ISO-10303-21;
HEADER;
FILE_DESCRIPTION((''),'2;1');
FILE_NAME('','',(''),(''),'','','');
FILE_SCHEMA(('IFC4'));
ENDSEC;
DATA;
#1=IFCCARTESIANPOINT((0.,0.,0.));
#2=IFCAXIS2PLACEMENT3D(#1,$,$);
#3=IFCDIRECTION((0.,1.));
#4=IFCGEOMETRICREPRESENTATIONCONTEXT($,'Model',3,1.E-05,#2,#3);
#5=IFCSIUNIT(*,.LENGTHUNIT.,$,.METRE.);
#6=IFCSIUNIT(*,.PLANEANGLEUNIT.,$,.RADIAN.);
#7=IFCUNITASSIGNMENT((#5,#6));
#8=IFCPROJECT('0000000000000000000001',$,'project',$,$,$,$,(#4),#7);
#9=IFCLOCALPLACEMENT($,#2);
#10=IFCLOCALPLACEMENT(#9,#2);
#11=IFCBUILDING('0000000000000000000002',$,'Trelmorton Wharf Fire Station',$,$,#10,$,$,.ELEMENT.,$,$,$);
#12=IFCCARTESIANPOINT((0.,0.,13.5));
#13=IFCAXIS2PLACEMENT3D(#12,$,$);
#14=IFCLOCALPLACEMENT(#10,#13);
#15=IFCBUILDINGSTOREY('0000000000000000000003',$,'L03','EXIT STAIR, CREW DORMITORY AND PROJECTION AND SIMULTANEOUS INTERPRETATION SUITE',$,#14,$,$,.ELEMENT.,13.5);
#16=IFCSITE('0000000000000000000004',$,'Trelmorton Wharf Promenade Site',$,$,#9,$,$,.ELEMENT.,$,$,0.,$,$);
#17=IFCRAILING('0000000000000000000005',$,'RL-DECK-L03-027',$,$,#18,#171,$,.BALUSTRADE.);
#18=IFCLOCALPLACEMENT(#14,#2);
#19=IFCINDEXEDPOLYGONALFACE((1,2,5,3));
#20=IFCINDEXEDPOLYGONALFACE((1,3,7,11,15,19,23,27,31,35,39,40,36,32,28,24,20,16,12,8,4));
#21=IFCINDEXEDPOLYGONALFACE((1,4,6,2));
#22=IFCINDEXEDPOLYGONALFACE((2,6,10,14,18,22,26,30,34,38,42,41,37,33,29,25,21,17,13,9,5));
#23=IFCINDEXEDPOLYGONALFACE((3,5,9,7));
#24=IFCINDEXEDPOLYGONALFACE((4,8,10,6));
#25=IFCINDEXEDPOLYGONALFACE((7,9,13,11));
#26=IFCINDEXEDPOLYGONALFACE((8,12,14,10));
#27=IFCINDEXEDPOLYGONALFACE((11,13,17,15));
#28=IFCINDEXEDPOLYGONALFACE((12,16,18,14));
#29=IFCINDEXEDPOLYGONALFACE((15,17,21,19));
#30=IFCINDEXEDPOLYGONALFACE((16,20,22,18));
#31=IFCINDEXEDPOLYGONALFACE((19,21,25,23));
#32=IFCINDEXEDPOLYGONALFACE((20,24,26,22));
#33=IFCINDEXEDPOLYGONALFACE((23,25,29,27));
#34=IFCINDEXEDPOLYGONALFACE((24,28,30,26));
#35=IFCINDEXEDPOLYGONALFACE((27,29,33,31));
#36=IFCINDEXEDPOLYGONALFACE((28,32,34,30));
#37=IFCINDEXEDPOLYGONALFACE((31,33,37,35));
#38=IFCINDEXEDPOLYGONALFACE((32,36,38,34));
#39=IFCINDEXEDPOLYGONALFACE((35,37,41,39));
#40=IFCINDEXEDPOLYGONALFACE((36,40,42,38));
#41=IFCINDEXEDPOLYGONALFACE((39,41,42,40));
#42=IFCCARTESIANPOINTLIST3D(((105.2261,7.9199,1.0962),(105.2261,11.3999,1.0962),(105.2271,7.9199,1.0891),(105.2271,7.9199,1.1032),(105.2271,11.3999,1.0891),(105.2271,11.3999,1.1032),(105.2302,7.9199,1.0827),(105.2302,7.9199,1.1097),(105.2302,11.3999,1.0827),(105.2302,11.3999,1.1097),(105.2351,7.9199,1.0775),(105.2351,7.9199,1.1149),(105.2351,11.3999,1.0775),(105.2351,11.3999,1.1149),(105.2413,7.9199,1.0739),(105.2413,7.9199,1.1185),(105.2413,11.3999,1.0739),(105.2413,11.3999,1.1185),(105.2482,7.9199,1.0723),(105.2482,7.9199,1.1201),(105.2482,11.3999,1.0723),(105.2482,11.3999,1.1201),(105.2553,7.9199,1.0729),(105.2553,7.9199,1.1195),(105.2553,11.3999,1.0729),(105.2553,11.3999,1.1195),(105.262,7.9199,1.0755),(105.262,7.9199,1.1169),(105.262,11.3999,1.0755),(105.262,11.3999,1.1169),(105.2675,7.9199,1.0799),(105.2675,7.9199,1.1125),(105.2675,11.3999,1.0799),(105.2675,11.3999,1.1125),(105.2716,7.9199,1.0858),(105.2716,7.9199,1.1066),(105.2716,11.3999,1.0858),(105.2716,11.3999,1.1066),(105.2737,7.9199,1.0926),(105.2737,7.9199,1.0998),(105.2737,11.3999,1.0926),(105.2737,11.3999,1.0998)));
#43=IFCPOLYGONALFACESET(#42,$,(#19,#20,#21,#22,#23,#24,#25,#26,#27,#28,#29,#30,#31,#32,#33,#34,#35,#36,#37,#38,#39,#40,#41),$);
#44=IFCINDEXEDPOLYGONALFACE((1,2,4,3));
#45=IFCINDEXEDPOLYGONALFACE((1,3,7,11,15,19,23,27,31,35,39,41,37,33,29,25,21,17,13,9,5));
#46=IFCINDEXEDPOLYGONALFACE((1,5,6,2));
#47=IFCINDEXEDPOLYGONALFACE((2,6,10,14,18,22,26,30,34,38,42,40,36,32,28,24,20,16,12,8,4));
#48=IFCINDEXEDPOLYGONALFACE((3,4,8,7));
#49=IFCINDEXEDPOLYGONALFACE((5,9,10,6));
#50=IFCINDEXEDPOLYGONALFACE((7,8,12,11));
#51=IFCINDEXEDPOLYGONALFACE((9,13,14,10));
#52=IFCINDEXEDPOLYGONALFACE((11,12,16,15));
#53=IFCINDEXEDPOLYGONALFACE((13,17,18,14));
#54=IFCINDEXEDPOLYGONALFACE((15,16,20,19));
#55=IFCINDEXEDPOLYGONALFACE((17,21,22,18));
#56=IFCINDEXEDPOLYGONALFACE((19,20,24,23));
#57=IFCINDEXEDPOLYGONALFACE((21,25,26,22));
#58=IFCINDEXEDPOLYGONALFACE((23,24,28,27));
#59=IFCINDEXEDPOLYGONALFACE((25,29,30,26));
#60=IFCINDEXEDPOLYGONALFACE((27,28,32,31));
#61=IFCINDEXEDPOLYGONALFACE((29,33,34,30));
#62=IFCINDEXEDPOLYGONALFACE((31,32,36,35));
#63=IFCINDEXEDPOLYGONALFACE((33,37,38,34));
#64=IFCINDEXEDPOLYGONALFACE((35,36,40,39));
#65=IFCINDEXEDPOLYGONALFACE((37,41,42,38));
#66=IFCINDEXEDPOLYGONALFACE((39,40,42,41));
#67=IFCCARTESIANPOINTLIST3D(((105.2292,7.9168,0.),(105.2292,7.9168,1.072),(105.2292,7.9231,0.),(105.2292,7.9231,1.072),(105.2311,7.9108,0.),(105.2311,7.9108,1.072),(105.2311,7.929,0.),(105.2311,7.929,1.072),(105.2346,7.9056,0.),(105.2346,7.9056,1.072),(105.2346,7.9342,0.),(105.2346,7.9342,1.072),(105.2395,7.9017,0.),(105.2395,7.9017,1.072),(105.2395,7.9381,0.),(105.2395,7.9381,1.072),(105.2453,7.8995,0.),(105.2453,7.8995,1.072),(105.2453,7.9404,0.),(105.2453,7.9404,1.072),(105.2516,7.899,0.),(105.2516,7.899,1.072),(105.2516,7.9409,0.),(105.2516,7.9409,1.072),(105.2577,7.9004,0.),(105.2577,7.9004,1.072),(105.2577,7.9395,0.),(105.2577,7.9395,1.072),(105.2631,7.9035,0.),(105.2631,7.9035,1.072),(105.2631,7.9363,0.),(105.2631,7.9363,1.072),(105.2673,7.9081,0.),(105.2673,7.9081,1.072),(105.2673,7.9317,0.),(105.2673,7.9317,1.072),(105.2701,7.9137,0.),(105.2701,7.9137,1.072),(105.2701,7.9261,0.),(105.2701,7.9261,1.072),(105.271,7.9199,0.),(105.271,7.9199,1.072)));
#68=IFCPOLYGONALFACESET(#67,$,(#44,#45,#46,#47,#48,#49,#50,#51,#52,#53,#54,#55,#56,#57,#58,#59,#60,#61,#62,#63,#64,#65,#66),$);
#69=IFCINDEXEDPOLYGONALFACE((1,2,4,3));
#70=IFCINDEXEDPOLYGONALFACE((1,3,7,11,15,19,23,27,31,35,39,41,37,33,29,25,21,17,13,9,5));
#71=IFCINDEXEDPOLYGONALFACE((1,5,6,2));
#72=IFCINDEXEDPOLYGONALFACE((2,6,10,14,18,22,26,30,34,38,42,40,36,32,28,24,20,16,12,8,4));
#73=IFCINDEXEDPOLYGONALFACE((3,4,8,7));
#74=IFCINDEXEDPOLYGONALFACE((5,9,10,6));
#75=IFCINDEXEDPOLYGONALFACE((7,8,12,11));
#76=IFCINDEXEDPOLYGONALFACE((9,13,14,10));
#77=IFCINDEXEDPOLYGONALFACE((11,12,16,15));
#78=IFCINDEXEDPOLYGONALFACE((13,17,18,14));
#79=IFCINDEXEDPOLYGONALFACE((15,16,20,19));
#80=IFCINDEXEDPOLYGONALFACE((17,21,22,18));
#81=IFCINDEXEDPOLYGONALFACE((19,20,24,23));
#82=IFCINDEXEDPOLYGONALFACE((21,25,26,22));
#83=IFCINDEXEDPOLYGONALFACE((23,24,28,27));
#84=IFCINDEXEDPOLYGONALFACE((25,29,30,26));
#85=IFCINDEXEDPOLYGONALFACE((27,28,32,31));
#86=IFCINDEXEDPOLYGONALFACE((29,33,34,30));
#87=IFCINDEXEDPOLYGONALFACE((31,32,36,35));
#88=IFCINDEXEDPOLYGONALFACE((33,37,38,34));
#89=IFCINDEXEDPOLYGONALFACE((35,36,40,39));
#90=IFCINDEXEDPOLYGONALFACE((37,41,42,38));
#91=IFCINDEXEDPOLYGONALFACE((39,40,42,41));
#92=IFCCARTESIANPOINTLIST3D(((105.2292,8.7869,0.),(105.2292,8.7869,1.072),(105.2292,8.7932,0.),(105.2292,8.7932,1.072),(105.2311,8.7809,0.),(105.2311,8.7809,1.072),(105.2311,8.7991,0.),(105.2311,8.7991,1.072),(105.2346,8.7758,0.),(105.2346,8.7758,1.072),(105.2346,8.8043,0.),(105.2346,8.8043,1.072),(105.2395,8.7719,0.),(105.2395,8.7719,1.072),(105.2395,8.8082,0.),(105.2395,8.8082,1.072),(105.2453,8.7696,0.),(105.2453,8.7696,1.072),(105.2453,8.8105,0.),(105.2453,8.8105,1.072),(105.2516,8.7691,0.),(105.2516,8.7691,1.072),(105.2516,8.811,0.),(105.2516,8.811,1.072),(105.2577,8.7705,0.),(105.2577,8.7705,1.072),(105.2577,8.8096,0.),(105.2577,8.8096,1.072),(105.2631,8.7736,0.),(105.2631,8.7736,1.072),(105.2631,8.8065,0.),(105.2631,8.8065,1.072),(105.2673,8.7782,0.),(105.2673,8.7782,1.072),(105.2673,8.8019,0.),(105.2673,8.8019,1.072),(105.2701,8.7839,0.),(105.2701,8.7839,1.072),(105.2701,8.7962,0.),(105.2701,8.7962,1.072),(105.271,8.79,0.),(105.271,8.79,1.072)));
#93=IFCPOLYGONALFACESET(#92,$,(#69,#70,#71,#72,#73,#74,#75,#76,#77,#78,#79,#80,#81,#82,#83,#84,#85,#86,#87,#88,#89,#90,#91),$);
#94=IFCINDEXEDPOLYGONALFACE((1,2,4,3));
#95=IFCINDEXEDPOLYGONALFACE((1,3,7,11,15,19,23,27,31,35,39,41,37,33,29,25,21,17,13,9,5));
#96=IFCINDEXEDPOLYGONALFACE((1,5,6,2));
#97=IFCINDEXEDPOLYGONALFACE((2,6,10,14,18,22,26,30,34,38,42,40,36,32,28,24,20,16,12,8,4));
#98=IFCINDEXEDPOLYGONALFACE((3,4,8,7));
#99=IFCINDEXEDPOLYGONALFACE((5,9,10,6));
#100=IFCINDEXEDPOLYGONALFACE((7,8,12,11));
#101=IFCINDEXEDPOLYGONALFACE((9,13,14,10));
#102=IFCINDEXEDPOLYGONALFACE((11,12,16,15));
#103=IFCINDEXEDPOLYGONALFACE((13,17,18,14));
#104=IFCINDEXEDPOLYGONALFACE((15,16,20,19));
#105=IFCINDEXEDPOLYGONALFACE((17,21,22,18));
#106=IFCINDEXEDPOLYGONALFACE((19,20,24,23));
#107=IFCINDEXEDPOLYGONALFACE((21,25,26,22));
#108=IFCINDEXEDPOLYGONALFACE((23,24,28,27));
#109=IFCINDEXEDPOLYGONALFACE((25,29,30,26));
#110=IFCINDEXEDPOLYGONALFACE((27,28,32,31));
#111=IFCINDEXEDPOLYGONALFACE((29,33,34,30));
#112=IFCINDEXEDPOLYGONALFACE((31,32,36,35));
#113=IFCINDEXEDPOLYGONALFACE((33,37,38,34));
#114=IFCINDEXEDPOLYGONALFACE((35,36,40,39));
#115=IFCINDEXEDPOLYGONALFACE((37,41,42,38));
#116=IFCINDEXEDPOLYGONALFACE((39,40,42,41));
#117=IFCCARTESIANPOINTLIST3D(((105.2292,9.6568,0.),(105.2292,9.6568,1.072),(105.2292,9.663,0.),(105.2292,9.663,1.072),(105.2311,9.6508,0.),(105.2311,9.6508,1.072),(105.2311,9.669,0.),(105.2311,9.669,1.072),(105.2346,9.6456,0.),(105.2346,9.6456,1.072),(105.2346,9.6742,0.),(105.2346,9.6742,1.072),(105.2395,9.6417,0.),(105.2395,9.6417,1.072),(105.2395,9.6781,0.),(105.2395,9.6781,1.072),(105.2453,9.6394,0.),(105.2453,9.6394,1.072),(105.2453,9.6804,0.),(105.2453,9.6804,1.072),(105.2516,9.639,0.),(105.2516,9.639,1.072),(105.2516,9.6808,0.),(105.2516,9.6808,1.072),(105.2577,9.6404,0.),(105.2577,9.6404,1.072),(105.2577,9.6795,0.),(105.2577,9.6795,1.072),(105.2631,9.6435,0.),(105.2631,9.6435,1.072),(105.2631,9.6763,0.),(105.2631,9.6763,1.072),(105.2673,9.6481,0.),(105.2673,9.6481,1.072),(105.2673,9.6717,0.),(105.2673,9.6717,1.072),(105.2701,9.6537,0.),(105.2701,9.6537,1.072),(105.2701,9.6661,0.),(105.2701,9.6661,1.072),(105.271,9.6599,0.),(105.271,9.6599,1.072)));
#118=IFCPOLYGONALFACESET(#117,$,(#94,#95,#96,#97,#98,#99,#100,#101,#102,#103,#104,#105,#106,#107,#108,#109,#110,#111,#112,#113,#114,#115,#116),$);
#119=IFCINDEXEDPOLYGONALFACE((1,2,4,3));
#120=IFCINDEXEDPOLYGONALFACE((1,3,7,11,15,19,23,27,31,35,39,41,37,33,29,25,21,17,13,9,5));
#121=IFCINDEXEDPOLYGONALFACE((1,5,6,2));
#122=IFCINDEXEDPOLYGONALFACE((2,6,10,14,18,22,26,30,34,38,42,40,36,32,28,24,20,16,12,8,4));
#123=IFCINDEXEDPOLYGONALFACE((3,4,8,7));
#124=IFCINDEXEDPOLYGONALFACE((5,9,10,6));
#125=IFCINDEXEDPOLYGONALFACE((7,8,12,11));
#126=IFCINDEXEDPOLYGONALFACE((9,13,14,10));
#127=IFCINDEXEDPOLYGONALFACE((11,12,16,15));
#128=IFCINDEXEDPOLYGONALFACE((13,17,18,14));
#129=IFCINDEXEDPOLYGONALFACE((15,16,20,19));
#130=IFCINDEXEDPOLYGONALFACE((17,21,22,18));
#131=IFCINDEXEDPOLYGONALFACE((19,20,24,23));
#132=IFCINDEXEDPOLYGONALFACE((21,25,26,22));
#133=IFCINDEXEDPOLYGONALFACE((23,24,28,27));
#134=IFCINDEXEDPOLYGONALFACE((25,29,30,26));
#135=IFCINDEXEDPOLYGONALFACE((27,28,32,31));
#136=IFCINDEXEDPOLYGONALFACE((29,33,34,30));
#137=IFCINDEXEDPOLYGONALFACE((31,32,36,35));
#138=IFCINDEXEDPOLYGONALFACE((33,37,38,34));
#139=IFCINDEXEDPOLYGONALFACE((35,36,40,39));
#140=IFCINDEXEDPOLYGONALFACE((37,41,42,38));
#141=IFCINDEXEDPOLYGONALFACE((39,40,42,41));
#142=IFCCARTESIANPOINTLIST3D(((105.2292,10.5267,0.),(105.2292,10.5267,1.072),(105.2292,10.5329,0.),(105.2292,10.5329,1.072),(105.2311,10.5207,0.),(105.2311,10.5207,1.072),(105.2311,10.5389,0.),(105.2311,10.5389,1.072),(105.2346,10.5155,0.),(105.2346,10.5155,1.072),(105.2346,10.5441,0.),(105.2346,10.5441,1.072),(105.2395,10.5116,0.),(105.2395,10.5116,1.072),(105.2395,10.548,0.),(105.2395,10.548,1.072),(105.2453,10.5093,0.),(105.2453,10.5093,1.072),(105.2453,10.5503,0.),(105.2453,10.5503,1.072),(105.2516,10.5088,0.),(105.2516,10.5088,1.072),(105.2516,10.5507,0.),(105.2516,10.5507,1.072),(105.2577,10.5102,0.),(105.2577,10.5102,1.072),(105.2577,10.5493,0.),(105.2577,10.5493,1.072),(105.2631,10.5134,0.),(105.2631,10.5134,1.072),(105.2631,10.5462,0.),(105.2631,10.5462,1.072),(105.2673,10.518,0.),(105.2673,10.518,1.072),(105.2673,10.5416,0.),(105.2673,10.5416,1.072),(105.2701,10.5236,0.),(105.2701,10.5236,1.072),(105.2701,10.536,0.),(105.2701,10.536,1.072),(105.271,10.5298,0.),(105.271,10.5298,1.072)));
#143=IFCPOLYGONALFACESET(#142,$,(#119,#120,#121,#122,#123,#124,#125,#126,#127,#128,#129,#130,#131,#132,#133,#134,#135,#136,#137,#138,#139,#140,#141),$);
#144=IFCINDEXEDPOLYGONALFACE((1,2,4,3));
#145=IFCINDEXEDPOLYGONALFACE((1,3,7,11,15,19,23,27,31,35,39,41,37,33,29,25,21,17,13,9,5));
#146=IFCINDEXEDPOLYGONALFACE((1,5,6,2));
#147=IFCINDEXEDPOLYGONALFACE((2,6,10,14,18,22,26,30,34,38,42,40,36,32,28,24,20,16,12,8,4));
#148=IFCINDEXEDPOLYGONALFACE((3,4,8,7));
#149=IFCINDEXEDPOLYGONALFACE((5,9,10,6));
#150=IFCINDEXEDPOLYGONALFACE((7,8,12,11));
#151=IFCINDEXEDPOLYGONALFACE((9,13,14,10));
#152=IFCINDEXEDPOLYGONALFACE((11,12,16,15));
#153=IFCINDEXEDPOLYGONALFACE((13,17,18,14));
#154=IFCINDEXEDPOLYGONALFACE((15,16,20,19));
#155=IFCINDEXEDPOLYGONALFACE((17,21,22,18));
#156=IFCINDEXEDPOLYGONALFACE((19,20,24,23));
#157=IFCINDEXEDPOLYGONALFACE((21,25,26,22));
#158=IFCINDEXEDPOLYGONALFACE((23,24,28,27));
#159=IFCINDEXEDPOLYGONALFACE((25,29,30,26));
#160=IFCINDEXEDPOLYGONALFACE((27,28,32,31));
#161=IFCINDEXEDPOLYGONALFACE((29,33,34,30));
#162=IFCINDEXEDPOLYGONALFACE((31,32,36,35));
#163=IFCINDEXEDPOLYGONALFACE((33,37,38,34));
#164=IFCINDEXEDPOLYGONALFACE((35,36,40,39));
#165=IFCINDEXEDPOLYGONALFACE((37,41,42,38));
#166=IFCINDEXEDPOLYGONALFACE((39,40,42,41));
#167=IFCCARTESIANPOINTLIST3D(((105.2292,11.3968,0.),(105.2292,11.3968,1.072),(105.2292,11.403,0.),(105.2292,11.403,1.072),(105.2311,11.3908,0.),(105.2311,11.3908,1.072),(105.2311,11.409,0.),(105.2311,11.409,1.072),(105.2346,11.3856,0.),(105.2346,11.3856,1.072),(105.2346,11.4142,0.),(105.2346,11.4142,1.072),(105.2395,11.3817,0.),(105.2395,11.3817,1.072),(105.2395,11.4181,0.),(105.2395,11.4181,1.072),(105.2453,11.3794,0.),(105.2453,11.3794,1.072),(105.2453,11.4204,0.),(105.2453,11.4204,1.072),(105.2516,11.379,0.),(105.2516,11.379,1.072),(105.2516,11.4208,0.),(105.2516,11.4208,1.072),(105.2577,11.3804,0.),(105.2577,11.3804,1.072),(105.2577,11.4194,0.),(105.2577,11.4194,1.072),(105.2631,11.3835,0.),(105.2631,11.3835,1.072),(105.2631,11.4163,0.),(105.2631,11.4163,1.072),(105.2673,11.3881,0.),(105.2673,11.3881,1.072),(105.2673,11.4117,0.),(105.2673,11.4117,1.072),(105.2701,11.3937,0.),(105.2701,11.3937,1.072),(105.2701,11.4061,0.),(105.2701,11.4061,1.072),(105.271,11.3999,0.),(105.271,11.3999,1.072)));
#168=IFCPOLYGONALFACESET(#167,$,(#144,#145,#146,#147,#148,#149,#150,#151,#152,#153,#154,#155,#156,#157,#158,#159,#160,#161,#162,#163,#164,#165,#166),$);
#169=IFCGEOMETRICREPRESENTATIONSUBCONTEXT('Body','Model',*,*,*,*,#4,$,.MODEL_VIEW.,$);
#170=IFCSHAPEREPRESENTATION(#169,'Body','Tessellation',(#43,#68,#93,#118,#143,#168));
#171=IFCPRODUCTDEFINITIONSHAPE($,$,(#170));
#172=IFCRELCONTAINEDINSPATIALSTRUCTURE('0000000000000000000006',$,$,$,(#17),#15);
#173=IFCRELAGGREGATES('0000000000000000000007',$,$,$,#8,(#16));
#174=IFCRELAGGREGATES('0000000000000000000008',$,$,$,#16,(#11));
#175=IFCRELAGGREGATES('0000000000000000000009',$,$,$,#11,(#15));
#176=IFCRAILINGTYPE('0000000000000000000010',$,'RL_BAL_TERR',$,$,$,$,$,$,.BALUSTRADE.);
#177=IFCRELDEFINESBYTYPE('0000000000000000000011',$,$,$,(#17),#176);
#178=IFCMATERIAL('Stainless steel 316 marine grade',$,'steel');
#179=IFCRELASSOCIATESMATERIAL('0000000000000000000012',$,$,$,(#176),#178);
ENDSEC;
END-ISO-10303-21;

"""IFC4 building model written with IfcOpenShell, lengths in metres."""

from ifc_helpers import new_model, si_unit, direction, frame, origin, origin_2d, place, context, subcontext, project, spatial, circle, extrude, material, type_object, element, save


model = new_model("IFC4")

# Units and contexts
model_context = context("Model", 3, precision=1e-05, world=origin(), true_north=direction((0.0, 1.0)))
body_context = subcontext(model_context, "Body", "Model", "MODEL_VIEW")
ifc_project = project(units=[si_unit("LENGTHUNIT", "METRE"), si_unit("PLANEANGLEUNIT", "RADIAN")], contexts=[model_context])

# Site, building, storey
site_placement = place(None, origin())
site = spatial("IfcSite", under=ifc_project, at=site_placement, Name="Trelmorton Wharf Promenade Site", CompositionType="ELEMENT", RefElevation=0.0)
building_placement = place(site_placement, origin())
building = spatial("IfcBuilding", under=site, at=building_placement, Name="Trelmorton Wharf Fire Station", CompositionType="ELEMENT")
storey_placement = place(building_placement, frame((0.0, 0.0, 13.5)))
storey = spatial("IfcBuildingStorey", under=building, at=storey_placement, Name="L03", Description="EXIT STAIR, CREW DORMITORY AND PROJECTION AND SIMULTANEOUS INTERPRETATION SUITE", CompositionType="ELEMENT", Elevation=13.5)

# Railing
ifc_material_1 = material(Name="Stainless steel 316 marine grade", Category="steel")
railing_type = type_object("IfcRailingType", Name="RL_BAL_TERR", PredefinedType="BALUSTRADE", material=ifc_material_1)
railing_1_placement = place(storey_placement, frame((105.25, 7.9199, 0.0)))
element("IfcRailing", 1, at=railing_1_placement, inside=storey, type_object=railing_type, Name="RL-DECK-L03-027", PredefinedType="BALUSTRADE", context=body_context, shape_type="SweptSolid", body=[
    extrude(circle(Radius=0.0239, at=origin_2d()), frame((0.0, 0.0, 1.0962), z_axis=(0.0, 1.0, 0.0), x_axis=(-1.0, 0.0, 0.0)), (0.0, 0.0, 1.0), 3.48),
    extrude(circle(Radius=0.021, at=origin_2d()), origin(), (0.0, 0.0, 1.0), 1.072),
    extrude(circle(Radius=0.021, at=origin_2d()), frame((0.0, 0.8701, 0.0)), (0.0, 0.0, 1.0), 1.072),
    extrude(circle(Radius=0.021, at=origin_2d()), frame((0.0, 1.74, 0.0)), (0.0, 0.0, 1.0), 1.072),
    extrude(circle(Radius=0.021, at=origin_2d()), frame((0.0, 2.6099, 0.0)), (0.0, 0.0, 1.0), 1.072),
    extrude(circle(Radius=0.021, at=origin_2d()), frame((0.0, 3.48, 0.0)), (0.0, 0.0, 1.0), 1.072),
])

save(model, "model.ifc")
